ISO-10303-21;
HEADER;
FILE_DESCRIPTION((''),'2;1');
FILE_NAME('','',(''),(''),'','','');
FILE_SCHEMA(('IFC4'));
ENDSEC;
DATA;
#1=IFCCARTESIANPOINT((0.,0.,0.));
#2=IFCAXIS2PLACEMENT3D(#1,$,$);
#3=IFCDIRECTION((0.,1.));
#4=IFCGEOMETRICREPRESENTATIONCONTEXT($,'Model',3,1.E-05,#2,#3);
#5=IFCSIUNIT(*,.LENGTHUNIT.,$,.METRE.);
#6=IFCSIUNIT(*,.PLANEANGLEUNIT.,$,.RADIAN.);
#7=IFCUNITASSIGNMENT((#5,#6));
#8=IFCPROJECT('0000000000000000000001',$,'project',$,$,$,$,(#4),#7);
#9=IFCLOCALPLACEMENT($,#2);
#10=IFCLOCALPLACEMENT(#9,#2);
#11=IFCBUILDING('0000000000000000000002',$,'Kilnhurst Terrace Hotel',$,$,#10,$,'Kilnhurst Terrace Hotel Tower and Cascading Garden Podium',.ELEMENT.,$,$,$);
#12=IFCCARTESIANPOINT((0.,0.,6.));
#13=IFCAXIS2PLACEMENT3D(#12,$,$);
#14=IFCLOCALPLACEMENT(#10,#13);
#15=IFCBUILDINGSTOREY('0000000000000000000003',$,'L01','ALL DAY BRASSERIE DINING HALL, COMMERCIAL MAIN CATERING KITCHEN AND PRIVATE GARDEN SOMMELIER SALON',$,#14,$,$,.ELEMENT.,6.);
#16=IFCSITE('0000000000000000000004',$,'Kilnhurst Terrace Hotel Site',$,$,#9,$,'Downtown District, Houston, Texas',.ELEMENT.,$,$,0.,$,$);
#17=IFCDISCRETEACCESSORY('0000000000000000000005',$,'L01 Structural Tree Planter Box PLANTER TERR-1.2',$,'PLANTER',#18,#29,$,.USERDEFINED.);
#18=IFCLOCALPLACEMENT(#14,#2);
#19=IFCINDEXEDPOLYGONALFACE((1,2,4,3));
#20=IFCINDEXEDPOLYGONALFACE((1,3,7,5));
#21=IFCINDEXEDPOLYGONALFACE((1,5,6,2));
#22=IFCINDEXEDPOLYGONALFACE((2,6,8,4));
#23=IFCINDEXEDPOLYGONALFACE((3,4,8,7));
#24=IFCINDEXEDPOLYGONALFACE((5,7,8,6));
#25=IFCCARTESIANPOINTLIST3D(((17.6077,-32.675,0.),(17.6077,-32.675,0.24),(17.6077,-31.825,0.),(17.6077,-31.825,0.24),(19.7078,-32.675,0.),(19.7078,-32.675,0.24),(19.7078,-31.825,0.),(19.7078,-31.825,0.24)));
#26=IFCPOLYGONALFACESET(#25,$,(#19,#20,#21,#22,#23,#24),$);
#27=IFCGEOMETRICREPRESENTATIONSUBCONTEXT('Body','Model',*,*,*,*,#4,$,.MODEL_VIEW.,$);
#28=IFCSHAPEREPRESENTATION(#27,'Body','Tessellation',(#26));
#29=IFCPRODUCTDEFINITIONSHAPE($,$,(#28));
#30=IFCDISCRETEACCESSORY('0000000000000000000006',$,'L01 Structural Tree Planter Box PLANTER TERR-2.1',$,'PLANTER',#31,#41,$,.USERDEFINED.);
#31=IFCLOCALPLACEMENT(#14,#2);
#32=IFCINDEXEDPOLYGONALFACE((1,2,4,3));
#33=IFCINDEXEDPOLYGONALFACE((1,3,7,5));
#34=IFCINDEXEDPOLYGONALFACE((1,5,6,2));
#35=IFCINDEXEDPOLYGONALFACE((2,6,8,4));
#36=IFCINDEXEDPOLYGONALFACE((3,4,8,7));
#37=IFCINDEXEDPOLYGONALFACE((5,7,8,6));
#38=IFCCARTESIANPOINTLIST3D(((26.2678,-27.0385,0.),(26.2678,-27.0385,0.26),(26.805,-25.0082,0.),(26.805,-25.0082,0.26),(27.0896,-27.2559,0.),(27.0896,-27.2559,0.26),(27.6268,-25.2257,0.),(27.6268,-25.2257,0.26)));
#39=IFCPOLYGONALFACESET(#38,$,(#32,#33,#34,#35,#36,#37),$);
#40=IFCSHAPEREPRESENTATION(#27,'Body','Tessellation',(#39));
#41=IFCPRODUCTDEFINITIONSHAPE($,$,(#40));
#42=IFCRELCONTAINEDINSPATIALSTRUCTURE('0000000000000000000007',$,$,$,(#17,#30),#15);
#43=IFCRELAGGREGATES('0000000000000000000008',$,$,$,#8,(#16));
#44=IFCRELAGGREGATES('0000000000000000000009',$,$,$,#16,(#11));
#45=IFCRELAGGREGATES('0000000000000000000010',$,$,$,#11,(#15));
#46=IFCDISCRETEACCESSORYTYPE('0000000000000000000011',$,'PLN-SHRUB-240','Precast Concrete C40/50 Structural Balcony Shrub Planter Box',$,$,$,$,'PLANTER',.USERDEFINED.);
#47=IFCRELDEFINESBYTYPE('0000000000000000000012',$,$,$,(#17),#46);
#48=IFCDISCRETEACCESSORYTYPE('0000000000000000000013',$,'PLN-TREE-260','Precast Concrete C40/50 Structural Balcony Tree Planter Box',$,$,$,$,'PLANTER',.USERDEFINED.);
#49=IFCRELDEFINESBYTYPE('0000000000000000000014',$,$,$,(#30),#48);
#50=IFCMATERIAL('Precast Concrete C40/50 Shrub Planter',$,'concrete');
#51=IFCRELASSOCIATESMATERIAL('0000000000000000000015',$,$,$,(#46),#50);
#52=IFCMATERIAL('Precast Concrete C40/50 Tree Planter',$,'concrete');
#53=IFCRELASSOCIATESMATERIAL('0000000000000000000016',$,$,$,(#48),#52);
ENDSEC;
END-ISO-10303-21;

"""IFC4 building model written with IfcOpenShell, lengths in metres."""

from ifc_helpers import new_model, si_unit, direction, frame, origin, origin_2d, place, context, subcontext, project, spatial, rectangle, extrude, material, type_object, element, save


model = new_model("IFC4")

# Units and contexts
model_context = context("Model", 3, precision=1e-05, world=origin(), true_north=direction((0.0, 1.0)))
body_context = subcontext(model_context, "Body", "Model", "MODEL_VIEW")
ifc_project = project(units=[si_unit("LENGTHUNIT", "METRE"), si_unit("PLANEANGLEUNIT", "RADIAN")], contexts=[model_context])

# Site, building, storey
site_placement = place(None, origin())
site = spatial("IfcSite", under=ifc_project, at=site_placement, Name="Kilnhurst Terrace Hotel Site", LongName="Downtown District, Houston, Texas", CompositionType="ELEMENT", RefElevation=0.0)
building_placement = place(site_placement, origin())
building = spatial("IfcBuilding", under=site, at=building_placement, Name="Kilnhurst Terrace Hotel", LongName="Kilnhurst Terrace Hotel Tower and Cascading Garden Podium", CompositionType="ELEMENT")
storey_placement = place(building_placement, frame((0.0, 0.0, 6.0)))
storey = spatial("IfcBuildingStorey", under=building, at=storey_placement, Name="L01", Description="ALL DAY BRASSERIE DINING HALL, COMMERCIAL MAIN CATERING KITCHEN AND PRIVATE GARDEN SOMMELIER SALON", CompositionType="ELEMENT", Elevation=6.0)

# Discrete accessories
ifc_material_1 = material(Name="Precast Concrete C40/50 Shrub Planter", Category="concrete")
discrete_accessory_type_1 = type_object("IfcDiscreteAccessoryType", Name="PLN-SHRUB-240", Description="Precast Concrete C40/50 Structural Balcony Shrub Planter Box", ElementType="PLANTER", PredefinedType="USERDEFINED", material=ifc_material_1)
discrete_accessory_1_placement = place(storey_placement, frame((18.6577, -32.25, 0.0), z_axis=(0.0, 0.0, 1.0), x_axis=(1.0, 0.0, 0.0)))
element("IfcDiscreteAccessory", 1, at=discrete_accessory_1_placement, inside=storey, type_object=discrete_accessory_type_1, Name="L01 Structural Tree Planter Box PLANTER TERR-1.2", ObjectType="PLANTER", PredefinedType="USERDEFINED", context=body_context, shape_type="SweptSolid", body=[
    extrude(rectangle(XDim=2.1001, YDim=0.8501, at=origin_2d()), origin(), (0.0, 0.0, 1.0), 0.24),
])
ifc_material_2 = material(Name="Precast Concrete C40/50 Tree Planter", Category="concrete")
discrete_accessory_type_2 = type_object("IfcDiscreteAccessoryType", Name="PLN-TREE-260", Description="Precast Concrete C40/50 Structural Balcony Tree Planter Box", ElementType="PLANTER", PredefinedType="USERDEFINED", material=ifc_material_2)
discrete_accessory_2_placement = place(storey_placement, frame((26.9473, -26.1321, 0.0), z_axis=(0.0, 0.0, 1.0), x_axis=(0.2558, 0.96673, 0.0)))
element("IfcDiscreteAccessory", 2, at=discrete_accessory_2_placement, inside=storey, type_object=discrete_accessory_type_2, Name="L01 Structural Tree Planter Box PLANTER TERR-2.1", ObjectType="PLANTER", PredefinedType="USERDEFINED", context=body_context, shape_type="SweptSolid", body=[
    extrude(rectangle(XDim=2.1001, YDim=0.8501, at=origin_2d()), origin(), (0.0, 0.0, 1.0), 0.26),
])

save(model, "model.ifc")
